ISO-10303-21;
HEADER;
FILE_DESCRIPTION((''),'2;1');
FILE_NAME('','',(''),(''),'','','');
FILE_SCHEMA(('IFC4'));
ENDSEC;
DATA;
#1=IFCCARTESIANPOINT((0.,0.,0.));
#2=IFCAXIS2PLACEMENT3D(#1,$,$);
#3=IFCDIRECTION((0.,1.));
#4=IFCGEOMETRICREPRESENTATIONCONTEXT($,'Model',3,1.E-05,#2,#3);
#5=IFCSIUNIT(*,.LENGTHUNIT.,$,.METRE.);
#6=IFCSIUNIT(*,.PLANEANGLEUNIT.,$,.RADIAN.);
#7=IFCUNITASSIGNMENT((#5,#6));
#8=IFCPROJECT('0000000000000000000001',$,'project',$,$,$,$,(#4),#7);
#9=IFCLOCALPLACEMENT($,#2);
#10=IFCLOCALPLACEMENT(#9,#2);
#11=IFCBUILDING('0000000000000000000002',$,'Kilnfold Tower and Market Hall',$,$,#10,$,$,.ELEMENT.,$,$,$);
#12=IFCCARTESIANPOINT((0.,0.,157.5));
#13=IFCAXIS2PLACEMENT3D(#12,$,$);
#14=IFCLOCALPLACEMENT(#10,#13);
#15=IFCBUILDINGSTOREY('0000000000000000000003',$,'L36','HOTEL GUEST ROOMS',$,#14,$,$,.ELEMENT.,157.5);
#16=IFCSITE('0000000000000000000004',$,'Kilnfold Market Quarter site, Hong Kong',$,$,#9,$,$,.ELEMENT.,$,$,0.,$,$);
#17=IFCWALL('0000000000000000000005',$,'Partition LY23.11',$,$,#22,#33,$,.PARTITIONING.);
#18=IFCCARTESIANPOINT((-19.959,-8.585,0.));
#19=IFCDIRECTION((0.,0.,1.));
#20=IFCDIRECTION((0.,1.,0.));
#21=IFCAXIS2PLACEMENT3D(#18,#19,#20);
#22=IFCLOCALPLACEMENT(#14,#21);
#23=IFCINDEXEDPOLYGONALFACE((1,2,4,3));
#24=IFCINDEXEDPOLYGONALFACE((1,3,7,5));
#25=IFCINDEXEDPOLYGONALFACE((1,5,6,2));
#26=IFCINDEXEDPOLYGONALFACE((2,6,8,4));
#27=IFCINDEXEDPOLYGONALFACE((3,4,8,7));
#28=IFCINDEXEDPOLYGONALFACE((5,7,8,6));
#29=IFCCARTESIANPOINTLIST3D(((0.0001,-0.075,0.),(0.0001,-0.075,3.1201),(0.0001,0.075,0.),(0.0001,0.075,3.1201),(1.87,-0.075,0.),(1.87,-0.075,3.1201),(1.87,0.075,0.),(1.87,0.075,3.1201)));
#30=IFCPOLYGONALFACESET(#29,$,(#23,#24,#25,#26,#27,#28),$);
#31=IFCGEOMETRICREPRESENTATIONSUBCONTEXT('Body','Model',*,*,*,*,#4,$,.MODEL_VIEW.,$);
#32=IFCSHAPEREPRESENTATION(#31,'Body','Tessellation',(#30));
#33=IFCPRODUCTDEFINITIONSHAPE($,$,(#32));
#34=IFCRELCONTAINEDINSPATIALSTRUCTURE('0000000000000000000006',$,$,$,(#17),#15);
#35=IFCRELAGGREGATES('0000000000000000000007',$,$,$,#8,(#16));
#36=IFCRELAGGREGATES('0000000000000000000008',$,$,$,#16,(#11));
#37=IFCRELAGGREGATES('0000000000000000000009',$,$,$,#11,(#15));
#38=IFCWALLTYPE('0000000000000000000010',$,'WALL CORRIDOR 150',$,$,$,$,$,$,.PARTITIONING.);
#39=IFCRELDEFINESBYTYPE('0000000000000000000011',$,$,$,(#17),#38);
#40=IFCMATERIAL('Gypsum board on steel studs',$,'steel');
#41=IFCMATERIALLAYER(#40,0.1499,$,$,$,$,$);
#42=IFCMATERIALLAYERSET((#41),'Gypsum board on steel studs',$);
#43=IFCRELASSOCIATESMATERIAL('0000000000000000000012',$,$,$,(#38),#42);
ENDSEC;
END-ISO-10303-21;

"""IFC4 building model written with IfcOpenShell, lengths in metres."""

from ifc_helpers import new_model, si_unit, direction, frame, frame_2d, origin, place, context, subcontext, project, spatial, rectangle, extrude, material, layer, layer_set, type_object, element, save


model = new_model("IFC4")

# Units and contexts
model_context = context("Model", 3, precision=1e-05, world=origin(), true_north=direction((0.0, 1.0)))
body_context = subcontext(model_context, "Body", "Model", "MODEL_VIEW")
ifc_project = project(units=[si_unit("LENGTHUNIT", "METRE"), si_unit("PLANEANGLEUNIT", "RADIAN")], contexts=[model_context])

# Site, building, storey
site_placement = place(None, origin())
site = spatial("IfcSite", under=ifc_project, at=site_placement, Name="Kilnfold Market Quarter site, Hong Kong", CompositionType="ELEMENT", RefElevation=0.0)
building_placement = place(site_placement, origin())
building = spatial("IfcBuilding", under=site, at=building_placement, Name="Kilnfold Tower and Market Hall", CompositionType="ELEMENT")
storey_placement = place(building_placement, frame((0.0, 0.0, 157.5)))
storey = spatial("IfcBuildingStorey", under=building, at=storey_placement, Name="L36", Description="HOTEL GUEST ROOMS", CompositionType="ELEMENT", Elevation=157.5)

# Wall
ifc_material_1 = material(Name="Gypsum board on steel studs", Category="steel")
ifc_layer_1 = layer(ifc_material_1, 0.1499)
ifc_layer_set_1 = layer_set([ifc_layer_1], Name="Gypsum board on steel studs")
wall_type_1 = type_object("IfcWallType", Name="WALL CORRIDOR 150", PredefinedType="PARTITIONING", material=ifc_layer_set_1)
wall_1_placement = place(storey_placement, frame((-19.959, -8.585, 0.0), z_axis=(0.0, 0.0, 1.0), x_axis=(0.0, 1.0, 0.0)))
element("IfcWall", 1, at=wall_1_placement, inside=storey, type_object=wall_type_1, Name="Partition LY23.11", PredefinedType="PARTITIONING", context=body_context, shape_type="SweptSolid", body=[
    extrude(rectangle(XDim=1.8699, YDim=0.1499, at=frame_2d((0.9351, 0.0))), origin(), (0.0, 0.0, 1.0), 3.1201),
])

save(model, "model.ifc")
